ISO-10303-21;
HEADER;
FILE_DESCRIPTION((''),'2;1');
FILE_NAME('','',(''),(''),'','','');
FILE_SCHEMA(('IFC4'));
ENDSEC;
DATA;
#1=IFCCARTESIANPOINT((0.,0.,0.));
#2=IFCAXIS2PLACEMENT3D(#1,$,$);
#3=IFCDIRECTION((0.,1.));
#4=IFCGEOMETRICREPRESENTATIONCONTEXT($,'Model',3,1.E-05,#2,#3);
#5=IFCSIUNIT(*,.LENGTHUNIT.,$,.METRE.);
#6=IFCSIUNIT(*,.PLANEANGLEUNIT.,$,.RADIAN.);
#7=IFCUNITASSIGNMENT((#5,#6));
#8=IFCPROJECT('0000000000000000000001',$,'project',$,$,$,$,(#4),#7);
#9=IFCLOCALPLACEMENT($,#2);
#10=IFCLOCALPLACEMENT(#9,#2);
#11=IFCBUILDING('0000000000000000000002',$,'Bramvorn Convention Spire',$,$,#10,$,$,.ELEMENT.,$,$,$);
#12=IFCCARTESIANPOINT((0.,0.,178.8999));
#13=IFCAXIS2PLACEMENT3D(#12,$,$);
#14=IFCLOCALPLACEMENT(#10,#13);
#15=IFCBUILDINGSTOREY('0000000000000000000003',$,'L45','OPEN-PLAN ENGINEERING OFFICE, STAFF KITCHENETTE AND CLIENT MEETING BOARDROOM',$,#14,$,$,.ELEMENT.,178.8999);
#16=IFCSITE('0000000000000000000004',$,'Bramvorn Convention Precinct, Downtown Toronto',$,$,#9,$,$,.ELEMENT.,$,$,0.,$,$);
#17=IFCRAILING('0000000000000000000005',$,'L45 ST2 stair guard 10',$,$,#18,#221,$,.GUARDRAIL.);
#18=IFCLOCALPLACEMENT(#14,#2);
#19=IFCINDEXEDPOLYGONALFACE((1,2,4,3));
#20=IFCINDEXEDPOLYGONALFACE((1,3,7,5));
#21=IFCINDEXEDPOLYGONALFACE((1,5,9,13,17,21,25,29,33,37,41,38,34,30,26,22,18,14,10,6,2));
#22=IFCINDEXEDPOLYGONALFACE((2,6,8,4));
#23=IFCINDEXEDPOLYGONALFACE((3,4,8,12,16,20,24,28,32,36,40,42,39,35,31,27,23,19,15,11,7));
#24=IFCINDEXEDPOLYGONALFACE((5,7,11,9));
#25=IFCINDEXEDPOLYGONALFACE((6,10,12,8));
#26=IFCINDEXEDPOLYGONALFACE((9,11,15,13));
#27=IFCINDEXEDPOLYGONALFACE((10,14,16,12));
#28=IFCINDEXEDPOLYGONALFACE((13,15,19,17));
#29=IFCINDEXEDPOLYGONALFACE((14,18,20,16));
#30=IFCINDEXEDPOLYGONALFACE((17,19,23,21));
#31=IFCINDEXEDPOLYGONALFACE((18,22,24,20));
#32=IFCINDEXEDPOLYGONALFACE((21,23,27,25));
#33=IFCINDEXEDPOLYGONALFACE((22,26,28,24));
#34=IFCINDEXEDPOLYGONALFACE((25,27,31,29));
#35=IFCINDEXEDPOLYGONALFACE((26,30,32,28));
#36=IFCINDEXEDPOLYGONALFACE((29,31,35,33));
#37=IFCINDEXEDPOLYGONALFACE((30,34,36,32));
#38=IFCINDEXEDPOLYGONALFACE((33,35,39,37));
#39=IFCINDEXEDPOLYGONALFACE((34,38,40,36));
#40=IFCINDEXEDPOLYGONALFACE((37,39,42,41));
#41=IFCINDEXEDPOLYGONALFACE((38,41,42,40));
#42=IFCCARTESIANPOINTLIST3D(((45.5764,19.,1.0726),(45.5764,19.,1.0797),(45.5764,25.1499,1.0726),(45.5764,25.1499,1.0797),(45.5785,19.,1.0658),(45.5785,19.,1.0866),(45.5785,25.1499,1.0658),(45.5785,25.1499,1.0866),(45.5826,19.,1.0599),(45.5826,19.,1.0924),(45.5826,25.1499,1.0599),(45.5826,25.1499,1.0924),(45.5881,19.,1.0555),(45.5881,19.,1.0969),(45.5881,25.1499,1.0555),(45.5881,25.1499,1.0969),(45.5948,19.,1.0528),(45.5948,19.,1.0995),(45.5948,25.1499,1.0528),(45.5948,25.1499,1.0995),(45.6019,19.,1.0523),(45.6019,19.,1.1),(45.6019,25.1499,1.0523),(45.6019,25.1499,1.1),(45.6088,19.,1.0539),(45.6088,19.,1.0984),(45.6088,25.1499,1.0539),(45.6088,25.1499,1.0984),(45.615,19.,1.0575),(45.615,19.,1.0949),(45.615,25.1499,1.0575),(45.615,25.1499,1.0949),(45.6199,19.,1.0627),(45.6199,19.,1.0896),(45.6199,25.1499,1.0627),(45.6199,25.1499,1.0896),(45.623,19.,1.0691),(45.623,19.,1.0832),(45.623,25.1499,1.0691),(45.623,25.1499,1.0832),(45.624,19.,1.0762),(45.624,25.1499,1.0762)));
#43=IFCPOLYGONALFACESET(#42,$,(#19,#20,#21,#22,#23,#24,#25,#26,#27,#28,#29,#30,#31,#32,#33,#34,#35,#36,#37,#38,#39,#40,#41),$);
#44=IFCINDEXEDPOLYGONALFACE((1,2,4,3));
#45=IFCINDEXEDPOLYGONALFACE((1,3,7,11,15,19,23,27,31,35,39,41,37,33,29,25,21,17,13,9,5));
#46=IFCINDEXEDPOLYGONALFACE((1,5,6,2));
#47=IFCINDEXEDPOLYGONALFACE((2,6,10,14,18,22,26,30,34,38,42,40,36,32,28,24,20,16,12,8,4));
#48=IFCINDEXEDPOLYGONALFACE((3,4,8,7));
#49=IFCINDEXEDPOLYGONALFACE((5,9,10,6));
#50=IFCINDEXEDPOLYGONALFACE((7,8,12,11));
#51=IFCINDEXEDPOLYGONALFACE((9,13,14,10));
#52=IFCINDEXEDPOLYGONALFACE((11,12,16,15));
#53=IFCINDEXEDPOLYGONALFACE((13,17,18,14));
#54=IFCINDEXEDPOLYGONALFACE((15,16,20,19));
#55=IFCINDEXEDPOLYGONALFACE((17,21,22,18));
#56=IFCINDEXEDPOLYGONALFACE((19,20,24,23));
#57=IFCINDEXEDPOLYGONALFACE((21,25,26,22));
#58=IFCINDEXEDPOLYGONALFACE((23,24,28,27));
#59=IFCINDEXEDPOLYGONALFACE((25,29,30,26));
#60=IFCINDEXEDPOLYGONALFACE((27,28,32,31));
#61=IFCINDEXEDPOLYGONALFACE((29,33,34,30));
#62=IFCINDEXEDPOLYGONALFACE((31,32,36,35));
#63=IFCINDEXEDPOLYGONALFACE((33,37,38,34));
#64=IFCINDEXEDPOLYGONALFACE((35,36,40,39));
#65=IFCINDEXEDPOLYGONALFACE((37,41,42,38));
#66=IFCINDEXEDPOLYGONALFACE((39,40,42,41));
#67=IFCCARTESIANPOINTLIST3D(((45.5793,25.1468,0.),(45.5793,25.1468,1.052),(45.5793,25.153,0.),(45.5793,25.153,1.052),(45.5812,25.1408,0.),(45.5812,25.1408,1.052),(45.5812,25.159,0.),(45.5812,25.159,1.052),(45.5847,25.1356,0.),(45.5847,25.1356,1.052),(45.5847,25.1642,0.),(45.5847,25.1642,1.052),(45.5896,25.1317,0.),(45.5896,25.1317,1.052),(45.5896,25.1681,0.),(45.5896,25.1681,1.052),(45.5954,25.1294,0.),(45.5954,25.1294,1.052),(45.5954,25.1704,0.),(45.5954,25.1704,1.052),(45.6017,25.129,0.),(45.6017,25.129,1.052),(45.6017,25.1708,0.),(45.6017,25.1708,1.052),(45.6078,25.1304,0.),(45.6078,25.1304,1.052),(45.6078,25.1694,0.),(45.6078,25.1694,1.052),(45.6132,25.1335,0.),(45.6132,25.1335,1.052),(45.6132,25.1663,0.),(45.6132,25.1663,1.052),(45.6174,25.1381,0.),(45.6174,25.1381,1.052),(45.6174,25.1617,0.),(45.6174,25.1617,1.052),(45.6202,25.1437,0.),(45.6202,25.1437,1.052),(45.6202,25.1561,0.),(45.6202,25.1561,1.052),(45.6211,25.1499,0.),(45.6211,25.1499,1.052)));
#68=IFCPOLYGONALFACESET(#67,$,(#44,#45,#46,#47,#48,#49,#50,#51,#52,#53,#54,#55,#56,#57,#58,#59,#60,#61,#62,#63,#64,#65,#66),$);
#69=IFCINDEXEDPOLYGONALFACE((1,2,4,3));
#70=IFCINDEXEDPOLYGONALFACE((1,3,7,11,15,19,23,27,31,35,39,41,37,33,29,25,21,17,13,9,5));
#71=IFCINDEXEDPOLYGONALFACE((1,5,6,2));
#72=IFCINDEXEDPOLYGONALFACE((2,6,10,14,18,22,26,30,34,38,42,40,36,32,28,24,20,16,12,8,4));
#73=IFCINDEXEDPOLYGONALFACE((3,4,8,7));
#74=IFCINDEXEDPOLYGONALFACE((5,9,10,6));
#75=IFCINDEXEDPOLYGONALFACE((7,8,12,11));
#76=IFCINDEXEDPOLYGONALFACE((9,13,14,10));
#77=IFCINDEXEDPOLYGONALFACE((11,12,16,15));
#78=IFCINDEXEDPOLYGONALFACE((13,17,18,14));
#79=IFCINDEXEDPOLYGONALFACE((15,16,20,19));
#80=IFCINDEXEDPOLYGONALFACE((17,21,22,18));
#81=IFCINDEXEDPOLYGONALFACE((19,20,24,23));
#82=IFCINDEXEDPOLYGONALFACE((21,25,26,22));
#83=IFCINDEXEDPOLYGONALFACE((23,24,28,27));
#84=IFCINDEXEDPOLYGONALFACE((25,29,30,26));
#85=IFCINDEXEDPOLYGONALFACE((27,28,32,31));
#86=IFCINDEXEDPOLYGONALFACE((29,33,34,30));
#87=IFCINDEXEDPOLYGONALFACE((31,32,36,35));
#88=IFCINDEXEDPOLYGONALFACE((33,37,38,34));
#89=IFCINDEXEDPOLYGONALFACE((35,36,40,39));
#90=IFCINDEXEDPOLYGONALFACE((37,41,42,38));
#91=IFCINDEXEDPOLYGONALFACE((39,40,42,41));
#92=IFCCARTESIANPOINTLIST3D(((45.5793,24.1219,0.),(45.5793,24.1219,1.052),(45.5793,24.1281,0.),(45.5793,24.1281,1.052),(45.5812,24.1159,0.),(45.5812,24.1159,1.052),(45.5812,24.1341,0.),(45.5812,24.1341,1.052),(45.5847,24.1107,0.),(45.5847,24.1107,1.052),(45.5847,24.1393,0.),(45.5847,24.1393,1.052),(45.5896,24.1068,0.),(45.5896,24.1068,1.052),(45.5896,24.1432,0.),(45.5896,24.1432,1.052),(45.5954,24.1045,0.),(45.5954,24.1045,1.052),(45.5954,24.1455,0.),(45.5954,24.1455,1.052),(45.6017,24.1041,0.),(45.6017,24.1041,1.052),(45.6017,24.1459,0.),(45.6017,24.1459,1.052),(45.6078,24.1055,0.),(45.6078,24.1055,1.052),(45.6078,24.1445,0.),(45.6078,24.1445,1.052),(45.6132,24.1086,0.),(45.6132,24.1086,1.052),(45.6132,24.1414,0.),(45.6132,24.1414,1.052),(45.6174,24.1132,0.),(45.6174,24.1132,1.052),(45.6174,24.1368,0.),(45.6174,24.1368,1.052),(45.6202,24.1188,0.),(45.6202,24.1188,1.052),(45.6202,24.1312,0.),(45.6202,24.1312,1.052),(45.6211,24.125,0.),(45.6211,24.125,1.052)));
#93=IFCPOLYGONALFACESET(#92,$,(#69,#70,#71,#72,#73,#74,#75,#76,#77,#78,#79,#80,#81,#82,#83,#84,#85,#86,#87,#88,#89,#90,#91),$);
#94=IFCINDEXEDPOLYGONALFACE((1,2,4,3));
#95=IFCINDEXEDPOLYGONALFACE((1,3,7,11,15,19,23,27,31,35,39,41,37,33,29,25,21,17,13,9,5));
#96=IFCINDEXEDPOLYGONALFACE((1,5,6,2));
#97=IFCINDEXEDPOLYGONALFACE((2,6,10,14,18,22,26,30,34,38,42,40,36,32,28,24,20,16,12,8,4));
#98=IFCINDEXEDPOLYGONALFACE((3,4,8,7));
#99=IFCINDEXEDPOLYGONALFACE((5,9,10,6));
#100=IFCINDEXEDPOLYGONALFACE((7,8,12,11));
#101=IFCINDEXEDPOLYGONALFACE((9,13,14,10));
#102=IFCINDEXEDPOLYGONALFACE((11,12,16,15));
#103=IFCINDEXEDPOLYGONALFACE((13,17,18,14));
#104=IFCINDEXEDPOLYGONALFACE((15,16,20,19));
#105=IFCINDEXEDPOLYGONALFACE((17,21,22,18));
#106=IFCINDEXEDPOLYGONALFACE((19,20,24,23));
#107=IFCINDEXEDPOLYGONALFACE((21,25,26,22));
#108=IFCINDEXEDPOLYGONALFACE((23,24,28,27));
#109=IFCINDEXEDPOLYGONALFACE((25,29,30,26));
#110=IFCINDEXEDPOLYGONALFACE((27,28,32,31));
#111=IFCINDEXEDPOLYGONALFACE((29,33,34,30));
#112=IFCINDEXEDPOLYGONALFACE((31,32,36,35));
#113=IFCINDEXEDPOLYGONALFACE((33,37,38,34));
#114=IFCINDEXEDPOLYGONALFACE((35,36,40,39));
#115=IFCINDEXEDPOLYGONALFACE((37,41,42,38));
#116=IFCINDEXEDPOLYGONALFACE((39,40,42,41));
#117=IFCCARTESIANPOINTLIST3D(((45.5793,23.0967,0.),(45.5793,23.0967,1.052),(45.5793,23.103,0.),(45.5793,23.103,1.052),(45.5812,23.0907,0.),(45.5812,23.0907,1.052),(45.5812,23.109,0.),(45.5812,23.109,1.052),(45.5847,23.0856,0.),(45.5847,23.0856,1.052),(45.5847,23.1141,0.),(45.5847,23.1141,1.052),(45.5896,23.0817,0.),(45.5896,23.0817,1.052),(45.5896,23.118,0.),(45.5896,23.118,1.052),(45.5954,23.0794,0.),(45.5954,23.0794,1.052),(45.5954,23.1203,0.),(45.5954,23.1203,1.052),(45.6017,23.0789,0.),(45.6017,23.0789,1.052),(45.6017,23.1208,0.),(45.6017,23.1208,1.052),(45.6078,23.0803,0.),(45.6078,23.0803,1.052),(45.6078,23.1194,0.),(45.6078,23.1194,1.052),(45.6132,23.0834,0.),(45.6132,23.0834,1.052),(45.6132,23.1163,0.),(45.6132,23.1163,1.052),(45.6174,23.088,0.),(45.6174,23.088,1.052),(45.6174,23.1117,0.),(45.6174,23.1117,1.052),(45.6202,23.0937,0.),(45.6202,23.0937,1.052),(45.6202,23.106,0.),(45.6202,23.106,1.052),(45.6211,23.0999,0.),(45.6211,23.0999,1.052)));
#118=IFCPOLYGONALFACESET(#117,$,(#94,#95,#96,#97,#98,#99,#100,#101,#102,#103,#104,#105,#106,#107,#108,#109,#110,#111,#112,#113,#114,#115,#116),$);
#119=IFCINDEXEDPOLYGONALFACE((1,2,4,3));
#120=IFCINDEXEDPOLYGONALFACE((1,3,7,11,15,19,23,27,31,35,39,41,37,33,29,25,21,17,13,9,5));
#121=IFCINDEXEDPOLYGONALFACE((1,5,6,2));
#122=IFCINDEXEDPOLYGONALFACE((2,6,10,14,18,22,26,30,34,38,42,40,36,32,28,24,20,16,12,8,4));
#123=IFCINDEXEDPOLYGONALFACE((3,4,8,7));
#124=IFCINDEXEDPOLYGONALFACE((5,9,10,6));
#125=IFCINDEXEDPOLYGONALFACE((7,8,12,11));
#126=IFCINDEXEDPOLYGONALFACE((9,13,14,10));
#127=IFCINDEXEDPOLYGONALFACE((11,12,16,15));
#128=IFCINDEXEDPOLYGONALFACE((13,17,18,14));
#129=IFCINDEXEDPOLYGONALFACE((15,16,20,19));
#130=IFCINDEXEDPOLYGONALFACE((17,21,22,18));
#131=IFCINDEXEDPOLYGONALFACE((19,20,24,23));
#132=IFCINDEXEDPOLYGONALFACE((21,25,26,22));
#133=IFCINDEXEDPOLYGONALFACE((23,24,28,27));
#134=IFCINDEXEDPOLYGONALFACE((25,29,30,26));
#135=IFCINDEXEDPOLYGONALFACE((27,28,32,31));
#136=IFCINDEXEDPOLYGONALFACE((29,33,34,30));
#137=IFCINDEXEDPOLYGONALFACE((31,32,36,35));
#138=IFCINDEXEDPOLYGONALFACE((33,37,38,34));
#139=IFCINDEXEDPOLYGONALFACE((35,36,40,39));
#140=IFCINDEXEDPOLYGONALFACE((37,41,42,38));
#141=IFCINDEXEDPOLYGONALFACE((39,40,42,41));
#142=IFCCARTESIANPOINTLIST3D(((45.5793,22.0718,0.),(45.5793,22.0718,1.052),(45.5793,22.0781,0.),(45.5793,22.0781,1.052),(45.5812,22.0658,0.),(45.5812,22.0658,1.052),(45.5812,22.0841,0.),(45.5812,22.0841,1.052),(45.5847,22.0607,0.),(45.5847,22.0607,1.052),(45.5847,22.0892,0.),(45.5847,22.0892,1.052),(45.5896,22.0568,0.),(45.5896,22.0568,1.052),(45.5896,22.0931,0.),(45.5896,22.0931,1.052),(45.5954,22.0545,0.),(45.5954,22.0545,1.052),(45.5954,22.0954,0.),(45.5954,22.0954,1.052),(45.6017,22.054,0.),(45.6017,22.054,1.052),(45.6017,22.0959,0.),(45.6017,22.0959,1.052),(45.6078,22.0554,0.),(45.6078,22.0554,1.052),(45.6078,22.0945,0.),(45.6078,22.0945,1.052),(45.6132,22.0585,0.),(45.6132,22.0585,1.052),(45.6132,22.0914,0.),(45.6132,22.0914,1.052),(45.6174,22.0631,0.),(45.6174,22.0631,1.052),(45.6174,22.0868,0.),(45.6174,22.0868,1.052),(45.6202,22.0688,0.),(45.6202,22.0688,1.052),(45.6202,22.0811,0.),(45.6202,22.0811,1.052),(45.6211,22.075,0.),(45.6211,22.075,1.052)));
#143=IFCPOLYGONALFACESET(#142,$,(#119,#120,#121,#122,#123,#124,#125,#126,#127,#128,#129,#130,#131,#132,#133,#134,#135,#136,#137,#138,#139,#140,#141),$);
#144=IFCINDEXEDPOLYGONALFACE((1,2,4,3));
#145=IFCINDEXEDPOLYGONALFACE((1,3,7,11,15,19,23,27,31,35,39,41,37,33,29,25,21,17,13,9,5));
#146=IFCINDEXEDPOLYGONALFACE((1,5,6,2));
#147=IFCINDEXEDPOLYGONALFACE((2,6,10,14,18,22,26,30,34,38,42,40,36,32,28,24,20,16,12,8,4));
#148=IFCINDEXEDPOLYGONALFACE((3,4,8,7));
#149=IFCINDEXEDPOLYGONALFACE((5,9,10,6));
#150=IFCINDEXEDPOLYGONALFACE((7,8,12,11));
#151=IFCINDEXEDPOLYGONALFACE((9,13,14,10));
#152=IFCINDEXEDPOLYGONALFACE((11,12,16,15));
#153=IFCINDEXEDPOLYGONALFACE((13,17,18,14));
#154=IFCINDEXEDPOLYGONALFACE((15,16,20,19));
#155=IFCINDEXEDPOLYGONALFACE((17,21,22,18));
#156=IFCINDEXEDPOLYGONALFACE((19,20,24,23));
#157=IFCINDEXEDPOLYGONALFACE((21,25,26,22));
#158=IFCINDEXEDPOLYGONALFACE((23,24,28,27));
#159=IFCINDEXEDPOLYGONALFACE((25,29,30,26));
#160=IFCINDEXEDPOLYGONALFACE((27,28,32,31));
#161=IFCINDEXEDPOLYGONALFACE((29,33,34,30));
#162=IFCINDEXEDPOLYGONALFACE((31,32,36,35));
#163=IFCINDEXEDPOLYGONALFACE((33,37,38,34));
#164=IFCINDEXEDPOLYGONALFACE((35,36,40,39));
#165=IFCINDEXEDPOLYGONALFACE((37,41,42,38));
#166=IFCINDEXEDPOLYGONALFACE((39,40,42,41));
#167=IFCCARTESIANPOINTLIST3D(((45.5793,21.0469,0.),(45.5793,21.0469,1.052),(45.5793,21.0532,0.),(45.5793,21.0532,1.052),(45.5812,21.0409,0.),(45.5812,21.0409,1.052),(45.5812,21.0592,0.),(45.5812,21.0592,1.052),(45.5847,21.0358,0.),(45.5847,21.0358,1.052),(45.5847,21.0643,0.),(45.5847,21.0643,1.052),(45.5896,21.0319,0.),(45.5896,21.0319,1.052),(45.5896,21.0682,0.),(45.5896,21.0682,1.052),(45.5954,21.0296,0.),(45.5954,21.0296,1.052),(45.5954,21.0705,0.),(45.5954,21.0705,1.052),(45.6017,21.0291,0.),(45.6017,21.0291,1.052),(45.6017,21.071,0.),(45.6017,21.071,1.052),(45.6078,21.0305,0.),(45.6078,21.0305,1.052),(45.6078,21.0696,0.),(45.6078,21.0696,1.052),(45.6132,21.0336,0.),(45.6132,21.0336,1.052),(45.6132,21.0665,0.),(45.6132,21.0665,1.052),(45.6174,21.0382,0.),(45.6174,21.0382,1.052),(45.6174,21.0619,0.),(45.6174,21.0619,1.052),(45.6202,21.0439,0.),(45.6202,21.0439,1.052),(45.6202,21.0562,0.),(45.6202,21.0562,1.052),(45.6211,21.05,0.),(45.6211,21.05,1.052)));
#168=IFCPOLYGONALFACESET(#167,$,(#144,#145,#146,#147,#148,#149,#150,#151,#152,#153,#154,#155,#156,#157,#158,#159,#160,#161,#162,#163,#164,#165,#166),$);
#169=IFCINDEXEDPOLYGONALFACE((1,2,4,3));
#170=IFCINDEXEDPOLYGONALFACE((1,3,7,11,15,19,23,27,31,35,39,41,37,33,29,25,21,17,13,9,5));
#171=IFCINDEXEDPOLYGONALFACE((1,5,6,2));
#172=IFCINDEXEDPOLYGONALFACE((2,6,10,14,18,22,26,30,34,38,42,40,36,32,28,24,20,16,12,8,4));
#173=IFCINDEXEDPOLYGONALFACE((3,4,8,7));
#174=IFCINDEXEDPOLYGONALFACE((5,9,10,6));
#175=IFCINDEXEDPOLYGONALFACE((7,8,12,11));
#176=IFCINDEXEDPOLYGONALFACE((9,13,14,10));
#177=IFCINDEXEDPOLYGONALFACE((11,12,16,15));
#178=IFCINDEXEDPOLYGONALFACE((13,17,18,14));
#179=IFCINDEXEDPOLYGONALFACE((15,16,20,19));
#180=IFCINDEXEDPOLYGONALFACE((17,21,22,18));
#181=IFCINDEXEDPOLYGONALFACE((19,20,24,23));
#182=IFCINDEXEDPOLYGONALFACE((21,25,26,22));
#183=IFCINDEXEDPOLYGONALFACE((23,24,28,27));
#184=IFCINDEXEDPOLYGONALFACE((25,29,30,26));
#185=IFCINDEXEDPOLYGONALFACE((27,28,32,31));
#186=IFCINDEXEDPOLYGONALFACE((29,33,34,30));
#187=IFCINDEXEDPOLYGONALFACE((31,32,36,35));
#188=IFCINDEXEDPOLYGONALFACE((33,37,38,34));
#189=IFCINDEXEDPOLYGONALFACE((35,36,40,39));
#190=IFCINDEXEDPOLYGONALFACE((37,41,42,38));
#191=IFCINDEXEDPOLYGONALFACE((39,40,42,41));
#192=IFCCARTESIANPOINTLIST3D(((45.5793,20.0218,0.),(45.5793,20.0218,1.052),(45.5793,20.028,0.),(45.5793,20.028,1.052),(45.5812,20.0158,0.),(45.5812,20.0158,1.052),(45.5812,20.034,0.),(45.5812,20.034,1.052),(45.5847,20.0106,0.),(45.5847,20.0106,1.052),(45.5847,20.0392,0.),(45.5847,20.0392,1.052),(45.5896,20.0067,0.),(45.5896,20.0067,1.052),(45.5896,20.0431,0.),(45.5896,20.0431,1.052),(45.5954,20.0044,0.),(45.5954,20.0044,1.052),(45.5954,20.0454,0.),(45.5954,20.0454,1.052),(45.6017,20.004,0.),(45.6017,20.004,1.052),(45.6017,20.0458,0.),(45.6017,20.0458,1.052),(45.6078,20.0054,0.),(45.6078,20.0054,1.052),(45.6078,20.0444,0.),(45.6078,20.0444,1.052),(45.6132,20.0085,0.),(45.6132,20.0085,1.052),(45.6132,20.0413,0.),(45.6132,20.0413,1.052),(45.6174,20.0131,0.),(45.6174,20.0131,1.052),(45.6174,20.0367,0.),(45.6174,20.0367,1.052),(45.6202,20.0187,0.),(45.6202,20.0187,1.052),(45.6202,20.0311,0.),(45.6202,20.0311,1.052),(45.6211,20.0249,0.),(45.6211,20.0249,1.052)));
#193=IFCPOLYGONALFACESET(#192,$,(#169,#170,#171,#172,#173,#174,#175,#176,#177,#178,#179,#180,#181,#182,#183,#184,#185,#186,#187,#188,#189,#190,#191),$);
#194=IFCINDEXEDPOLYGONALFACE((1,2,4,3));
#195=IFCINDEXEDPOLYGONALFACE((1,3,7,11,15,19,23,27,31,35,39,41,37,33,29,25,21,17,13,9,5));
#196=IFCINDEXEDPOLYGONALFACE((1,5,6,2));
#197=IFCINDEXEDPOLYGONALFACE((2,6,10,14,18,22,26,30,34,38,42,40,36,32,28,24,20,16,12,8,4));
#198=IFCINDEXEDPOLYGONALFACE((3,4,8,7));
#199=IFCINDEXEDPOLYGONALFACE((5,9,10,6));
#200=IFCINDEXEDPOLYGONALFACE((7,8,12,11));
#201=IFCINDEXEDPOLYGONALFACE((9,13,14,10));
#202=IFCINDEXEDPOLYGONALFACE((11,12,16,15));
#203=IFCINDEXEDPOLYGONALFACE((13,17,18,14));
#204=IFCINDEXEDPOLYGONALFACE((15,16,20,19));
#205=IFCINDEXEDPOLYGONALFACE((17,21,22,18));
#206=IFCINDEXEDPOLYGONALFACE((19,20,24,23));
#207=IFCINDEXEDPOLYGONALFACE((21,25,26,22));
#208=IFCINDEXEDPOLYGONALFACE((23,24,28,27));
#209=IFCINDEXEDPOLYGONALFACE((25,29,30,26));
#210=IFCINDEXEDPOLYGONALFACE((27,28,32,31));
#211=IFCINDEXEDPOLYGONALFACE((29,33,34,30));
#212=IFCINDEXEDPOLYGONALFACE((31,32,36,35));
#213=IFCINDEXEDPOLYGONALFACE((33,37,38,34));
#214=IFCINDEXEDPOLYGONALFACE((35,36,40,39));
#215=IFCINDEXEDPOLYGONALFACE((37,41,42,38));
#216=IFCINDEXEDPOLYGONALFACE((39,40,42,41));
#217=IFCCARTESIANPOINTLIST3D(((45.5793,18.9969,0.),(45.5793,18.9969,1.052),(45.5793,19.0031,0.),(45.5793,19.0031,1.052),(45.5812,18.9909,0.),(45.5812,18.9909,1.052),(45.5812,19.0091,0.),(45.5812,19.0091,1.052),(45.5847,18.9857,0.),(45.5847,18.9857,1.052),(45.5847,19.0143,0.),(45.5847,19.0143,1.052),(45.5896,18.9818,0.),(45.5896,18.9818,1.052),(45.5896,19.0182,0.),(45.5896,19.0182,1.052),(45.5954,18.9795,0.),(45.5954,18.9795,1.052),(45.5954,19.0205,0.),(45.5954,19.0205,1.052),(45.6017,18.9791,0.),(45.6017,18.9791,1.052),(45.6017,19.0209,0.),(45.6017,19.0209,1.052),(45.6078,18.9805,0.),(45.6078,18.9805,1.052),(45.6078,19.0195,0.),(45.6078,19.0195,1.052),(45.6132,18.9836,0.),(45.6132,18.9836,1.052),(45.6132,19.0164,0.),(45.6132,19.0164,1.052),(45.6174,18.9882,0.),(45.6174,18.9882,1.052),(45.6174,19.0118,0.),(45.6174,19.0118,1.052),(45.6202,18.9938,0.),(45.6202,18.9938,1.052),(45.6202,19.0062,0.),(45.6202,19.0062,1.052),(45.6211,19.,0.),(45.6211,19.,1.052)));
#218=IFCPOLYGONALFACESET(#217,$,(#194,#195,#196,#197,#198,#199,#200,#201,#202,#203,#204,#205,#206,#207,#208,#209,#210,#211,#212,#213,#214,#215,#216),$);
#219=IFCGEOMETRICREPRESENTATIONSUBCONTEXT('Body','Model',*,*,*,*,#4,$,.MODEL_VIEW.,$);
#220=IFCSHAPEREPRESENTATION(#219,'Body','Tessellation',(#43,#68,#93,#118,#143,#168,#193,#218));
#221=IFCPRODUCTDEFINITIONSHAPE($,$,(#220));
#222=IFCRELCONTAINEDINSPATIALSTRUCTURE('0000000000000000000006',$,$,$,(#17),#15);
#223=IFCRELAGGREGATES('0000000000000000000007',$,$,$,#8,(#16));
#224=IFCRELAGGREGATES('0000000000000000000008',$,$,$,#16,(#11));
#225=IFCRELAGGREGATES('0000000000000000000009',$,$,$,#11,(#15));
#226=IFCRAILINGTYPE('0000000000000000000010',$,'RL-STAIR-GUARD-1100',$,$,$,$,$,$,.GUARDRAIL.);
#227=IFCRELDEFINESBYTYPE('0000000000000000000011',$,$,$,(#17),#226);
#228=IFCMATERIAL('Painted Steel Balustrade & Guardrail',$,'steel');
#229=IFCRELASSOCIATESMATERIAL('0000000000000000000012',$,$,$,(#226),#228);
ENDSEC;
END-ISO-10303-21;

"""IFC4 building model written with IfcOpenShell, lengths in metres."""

from ifc_helpers import new_model, si_unit, direction, frame, origin, origin_2d, place, context, subcontext, project, spatial, circle, extrude, material, type_object, element, save


model = new_model("IFC4")

# Units and contexts
model_context = context("Model", 3, precision=1e-05, world=origin(), true_north=direction((0.0, 1.0)))
body_context = subcontext(model_context, "Body", "Model", "MODEL_VIEW")
ifc_project = project(units=[si_unit("LENGTHUNIT", "METRE"), si_unit("PLANEANGLEUNIT", "RADIAN")], contexts=[model_context])

# Site, building, storey
site_placement = place(None, origin())
site = spatial("IfcSite", under=ifc_project, at=site_placement, Name="Bramvorn Convention Precinct, Downtown Toronto", CompositionType="ELEMENT", RefElevation=0.0)
building_placement = place(site_placement, origin())
building = spatial("IfcBuilding", under=site, at=building_placement, Name="Bramvorn Convention Spire", CompositionType="ELEMENT")
storey_placement = place(building_placement, frame((0.0, 0.0, 178.8999)))
storey = spatial("IfcBuildingStorey", under=building, at=storey_placement, Name="L45", Description="OPEN-PLAN ENGINEERING OFFICE, STAFF KITCHENETTE AND CLIENT MEETING BOARDROOM", CompositionType="ELEMENT", Elevation=178.8999)

# Railing
ifc_material_1 = material(Name="Painted Steel Balustrade & Guardrail", Category="steel")
railing_type_1 = type_object("IfcRailingType", Name="RL-STAIR-GUARD-1100", PredefinedType="GUARDRAIL", material=ifc_material_1)
railing_1_placement = place(storey_placement, frame((45.6001, 25.1499, 0.0)))
element("IfcRailing", 1, at=railing_1_placement, inside=storey, type_object=railing_type_1, Name="L45 ST2 stair guard 10", PredefinedType="GUARDRAIL", context=body_context, shape_type="SweptSolid", body=[
    extrude(circle(Radius=0.0239, at=origin_2d()), frame((0.0, 0.0, 1.0762), z_axis=(0.0, -1.0, 0.0), x_axis=(1.0, 0.0, 0.0)), (0.0, 0.0, 1.0), 6.1499),
    extrude(circle(Radius=0.021, at=origin_2d()), origin(), (0.0, 0.0, 1.0), 1.052),
    extrude(circle(Radius=0.021, at=origin_2d()), frame((0.0, -1.0249, 0.0)), (0.0, 0.0, 1.0), 1.052),
    extrude(circle(Radius=0.021, at=origin_2d()), frame((0.0, -2.05, 0.0)), (0.0, 0.0, 1.0), 1.052),
    extrude(circle(Radius=0.021, at=origin_2d()), frame((0.0, -3.075, 0.0)), (0.0, 0.0, 1.0), 1.052),
    extrude(circle(Radius=0.021, at=origin_2d()), frame((0.0, -4.0999, 0.0)), (0.0, 0.0, 1.0), 1.052),
    extrude(circle(Radius=0.021, at=origin_2d()), frame((0.0, -5.125, 0.0)), (0.0, 0.0, 1.0), 1.052),
    extrude(circle(Radius=0.021, at=origin_2d()), frame((0.0, -6.1499, 0.0)), (0.0, 0.0, 1.0), 1.052),
])

save(model, "model.ifc")
